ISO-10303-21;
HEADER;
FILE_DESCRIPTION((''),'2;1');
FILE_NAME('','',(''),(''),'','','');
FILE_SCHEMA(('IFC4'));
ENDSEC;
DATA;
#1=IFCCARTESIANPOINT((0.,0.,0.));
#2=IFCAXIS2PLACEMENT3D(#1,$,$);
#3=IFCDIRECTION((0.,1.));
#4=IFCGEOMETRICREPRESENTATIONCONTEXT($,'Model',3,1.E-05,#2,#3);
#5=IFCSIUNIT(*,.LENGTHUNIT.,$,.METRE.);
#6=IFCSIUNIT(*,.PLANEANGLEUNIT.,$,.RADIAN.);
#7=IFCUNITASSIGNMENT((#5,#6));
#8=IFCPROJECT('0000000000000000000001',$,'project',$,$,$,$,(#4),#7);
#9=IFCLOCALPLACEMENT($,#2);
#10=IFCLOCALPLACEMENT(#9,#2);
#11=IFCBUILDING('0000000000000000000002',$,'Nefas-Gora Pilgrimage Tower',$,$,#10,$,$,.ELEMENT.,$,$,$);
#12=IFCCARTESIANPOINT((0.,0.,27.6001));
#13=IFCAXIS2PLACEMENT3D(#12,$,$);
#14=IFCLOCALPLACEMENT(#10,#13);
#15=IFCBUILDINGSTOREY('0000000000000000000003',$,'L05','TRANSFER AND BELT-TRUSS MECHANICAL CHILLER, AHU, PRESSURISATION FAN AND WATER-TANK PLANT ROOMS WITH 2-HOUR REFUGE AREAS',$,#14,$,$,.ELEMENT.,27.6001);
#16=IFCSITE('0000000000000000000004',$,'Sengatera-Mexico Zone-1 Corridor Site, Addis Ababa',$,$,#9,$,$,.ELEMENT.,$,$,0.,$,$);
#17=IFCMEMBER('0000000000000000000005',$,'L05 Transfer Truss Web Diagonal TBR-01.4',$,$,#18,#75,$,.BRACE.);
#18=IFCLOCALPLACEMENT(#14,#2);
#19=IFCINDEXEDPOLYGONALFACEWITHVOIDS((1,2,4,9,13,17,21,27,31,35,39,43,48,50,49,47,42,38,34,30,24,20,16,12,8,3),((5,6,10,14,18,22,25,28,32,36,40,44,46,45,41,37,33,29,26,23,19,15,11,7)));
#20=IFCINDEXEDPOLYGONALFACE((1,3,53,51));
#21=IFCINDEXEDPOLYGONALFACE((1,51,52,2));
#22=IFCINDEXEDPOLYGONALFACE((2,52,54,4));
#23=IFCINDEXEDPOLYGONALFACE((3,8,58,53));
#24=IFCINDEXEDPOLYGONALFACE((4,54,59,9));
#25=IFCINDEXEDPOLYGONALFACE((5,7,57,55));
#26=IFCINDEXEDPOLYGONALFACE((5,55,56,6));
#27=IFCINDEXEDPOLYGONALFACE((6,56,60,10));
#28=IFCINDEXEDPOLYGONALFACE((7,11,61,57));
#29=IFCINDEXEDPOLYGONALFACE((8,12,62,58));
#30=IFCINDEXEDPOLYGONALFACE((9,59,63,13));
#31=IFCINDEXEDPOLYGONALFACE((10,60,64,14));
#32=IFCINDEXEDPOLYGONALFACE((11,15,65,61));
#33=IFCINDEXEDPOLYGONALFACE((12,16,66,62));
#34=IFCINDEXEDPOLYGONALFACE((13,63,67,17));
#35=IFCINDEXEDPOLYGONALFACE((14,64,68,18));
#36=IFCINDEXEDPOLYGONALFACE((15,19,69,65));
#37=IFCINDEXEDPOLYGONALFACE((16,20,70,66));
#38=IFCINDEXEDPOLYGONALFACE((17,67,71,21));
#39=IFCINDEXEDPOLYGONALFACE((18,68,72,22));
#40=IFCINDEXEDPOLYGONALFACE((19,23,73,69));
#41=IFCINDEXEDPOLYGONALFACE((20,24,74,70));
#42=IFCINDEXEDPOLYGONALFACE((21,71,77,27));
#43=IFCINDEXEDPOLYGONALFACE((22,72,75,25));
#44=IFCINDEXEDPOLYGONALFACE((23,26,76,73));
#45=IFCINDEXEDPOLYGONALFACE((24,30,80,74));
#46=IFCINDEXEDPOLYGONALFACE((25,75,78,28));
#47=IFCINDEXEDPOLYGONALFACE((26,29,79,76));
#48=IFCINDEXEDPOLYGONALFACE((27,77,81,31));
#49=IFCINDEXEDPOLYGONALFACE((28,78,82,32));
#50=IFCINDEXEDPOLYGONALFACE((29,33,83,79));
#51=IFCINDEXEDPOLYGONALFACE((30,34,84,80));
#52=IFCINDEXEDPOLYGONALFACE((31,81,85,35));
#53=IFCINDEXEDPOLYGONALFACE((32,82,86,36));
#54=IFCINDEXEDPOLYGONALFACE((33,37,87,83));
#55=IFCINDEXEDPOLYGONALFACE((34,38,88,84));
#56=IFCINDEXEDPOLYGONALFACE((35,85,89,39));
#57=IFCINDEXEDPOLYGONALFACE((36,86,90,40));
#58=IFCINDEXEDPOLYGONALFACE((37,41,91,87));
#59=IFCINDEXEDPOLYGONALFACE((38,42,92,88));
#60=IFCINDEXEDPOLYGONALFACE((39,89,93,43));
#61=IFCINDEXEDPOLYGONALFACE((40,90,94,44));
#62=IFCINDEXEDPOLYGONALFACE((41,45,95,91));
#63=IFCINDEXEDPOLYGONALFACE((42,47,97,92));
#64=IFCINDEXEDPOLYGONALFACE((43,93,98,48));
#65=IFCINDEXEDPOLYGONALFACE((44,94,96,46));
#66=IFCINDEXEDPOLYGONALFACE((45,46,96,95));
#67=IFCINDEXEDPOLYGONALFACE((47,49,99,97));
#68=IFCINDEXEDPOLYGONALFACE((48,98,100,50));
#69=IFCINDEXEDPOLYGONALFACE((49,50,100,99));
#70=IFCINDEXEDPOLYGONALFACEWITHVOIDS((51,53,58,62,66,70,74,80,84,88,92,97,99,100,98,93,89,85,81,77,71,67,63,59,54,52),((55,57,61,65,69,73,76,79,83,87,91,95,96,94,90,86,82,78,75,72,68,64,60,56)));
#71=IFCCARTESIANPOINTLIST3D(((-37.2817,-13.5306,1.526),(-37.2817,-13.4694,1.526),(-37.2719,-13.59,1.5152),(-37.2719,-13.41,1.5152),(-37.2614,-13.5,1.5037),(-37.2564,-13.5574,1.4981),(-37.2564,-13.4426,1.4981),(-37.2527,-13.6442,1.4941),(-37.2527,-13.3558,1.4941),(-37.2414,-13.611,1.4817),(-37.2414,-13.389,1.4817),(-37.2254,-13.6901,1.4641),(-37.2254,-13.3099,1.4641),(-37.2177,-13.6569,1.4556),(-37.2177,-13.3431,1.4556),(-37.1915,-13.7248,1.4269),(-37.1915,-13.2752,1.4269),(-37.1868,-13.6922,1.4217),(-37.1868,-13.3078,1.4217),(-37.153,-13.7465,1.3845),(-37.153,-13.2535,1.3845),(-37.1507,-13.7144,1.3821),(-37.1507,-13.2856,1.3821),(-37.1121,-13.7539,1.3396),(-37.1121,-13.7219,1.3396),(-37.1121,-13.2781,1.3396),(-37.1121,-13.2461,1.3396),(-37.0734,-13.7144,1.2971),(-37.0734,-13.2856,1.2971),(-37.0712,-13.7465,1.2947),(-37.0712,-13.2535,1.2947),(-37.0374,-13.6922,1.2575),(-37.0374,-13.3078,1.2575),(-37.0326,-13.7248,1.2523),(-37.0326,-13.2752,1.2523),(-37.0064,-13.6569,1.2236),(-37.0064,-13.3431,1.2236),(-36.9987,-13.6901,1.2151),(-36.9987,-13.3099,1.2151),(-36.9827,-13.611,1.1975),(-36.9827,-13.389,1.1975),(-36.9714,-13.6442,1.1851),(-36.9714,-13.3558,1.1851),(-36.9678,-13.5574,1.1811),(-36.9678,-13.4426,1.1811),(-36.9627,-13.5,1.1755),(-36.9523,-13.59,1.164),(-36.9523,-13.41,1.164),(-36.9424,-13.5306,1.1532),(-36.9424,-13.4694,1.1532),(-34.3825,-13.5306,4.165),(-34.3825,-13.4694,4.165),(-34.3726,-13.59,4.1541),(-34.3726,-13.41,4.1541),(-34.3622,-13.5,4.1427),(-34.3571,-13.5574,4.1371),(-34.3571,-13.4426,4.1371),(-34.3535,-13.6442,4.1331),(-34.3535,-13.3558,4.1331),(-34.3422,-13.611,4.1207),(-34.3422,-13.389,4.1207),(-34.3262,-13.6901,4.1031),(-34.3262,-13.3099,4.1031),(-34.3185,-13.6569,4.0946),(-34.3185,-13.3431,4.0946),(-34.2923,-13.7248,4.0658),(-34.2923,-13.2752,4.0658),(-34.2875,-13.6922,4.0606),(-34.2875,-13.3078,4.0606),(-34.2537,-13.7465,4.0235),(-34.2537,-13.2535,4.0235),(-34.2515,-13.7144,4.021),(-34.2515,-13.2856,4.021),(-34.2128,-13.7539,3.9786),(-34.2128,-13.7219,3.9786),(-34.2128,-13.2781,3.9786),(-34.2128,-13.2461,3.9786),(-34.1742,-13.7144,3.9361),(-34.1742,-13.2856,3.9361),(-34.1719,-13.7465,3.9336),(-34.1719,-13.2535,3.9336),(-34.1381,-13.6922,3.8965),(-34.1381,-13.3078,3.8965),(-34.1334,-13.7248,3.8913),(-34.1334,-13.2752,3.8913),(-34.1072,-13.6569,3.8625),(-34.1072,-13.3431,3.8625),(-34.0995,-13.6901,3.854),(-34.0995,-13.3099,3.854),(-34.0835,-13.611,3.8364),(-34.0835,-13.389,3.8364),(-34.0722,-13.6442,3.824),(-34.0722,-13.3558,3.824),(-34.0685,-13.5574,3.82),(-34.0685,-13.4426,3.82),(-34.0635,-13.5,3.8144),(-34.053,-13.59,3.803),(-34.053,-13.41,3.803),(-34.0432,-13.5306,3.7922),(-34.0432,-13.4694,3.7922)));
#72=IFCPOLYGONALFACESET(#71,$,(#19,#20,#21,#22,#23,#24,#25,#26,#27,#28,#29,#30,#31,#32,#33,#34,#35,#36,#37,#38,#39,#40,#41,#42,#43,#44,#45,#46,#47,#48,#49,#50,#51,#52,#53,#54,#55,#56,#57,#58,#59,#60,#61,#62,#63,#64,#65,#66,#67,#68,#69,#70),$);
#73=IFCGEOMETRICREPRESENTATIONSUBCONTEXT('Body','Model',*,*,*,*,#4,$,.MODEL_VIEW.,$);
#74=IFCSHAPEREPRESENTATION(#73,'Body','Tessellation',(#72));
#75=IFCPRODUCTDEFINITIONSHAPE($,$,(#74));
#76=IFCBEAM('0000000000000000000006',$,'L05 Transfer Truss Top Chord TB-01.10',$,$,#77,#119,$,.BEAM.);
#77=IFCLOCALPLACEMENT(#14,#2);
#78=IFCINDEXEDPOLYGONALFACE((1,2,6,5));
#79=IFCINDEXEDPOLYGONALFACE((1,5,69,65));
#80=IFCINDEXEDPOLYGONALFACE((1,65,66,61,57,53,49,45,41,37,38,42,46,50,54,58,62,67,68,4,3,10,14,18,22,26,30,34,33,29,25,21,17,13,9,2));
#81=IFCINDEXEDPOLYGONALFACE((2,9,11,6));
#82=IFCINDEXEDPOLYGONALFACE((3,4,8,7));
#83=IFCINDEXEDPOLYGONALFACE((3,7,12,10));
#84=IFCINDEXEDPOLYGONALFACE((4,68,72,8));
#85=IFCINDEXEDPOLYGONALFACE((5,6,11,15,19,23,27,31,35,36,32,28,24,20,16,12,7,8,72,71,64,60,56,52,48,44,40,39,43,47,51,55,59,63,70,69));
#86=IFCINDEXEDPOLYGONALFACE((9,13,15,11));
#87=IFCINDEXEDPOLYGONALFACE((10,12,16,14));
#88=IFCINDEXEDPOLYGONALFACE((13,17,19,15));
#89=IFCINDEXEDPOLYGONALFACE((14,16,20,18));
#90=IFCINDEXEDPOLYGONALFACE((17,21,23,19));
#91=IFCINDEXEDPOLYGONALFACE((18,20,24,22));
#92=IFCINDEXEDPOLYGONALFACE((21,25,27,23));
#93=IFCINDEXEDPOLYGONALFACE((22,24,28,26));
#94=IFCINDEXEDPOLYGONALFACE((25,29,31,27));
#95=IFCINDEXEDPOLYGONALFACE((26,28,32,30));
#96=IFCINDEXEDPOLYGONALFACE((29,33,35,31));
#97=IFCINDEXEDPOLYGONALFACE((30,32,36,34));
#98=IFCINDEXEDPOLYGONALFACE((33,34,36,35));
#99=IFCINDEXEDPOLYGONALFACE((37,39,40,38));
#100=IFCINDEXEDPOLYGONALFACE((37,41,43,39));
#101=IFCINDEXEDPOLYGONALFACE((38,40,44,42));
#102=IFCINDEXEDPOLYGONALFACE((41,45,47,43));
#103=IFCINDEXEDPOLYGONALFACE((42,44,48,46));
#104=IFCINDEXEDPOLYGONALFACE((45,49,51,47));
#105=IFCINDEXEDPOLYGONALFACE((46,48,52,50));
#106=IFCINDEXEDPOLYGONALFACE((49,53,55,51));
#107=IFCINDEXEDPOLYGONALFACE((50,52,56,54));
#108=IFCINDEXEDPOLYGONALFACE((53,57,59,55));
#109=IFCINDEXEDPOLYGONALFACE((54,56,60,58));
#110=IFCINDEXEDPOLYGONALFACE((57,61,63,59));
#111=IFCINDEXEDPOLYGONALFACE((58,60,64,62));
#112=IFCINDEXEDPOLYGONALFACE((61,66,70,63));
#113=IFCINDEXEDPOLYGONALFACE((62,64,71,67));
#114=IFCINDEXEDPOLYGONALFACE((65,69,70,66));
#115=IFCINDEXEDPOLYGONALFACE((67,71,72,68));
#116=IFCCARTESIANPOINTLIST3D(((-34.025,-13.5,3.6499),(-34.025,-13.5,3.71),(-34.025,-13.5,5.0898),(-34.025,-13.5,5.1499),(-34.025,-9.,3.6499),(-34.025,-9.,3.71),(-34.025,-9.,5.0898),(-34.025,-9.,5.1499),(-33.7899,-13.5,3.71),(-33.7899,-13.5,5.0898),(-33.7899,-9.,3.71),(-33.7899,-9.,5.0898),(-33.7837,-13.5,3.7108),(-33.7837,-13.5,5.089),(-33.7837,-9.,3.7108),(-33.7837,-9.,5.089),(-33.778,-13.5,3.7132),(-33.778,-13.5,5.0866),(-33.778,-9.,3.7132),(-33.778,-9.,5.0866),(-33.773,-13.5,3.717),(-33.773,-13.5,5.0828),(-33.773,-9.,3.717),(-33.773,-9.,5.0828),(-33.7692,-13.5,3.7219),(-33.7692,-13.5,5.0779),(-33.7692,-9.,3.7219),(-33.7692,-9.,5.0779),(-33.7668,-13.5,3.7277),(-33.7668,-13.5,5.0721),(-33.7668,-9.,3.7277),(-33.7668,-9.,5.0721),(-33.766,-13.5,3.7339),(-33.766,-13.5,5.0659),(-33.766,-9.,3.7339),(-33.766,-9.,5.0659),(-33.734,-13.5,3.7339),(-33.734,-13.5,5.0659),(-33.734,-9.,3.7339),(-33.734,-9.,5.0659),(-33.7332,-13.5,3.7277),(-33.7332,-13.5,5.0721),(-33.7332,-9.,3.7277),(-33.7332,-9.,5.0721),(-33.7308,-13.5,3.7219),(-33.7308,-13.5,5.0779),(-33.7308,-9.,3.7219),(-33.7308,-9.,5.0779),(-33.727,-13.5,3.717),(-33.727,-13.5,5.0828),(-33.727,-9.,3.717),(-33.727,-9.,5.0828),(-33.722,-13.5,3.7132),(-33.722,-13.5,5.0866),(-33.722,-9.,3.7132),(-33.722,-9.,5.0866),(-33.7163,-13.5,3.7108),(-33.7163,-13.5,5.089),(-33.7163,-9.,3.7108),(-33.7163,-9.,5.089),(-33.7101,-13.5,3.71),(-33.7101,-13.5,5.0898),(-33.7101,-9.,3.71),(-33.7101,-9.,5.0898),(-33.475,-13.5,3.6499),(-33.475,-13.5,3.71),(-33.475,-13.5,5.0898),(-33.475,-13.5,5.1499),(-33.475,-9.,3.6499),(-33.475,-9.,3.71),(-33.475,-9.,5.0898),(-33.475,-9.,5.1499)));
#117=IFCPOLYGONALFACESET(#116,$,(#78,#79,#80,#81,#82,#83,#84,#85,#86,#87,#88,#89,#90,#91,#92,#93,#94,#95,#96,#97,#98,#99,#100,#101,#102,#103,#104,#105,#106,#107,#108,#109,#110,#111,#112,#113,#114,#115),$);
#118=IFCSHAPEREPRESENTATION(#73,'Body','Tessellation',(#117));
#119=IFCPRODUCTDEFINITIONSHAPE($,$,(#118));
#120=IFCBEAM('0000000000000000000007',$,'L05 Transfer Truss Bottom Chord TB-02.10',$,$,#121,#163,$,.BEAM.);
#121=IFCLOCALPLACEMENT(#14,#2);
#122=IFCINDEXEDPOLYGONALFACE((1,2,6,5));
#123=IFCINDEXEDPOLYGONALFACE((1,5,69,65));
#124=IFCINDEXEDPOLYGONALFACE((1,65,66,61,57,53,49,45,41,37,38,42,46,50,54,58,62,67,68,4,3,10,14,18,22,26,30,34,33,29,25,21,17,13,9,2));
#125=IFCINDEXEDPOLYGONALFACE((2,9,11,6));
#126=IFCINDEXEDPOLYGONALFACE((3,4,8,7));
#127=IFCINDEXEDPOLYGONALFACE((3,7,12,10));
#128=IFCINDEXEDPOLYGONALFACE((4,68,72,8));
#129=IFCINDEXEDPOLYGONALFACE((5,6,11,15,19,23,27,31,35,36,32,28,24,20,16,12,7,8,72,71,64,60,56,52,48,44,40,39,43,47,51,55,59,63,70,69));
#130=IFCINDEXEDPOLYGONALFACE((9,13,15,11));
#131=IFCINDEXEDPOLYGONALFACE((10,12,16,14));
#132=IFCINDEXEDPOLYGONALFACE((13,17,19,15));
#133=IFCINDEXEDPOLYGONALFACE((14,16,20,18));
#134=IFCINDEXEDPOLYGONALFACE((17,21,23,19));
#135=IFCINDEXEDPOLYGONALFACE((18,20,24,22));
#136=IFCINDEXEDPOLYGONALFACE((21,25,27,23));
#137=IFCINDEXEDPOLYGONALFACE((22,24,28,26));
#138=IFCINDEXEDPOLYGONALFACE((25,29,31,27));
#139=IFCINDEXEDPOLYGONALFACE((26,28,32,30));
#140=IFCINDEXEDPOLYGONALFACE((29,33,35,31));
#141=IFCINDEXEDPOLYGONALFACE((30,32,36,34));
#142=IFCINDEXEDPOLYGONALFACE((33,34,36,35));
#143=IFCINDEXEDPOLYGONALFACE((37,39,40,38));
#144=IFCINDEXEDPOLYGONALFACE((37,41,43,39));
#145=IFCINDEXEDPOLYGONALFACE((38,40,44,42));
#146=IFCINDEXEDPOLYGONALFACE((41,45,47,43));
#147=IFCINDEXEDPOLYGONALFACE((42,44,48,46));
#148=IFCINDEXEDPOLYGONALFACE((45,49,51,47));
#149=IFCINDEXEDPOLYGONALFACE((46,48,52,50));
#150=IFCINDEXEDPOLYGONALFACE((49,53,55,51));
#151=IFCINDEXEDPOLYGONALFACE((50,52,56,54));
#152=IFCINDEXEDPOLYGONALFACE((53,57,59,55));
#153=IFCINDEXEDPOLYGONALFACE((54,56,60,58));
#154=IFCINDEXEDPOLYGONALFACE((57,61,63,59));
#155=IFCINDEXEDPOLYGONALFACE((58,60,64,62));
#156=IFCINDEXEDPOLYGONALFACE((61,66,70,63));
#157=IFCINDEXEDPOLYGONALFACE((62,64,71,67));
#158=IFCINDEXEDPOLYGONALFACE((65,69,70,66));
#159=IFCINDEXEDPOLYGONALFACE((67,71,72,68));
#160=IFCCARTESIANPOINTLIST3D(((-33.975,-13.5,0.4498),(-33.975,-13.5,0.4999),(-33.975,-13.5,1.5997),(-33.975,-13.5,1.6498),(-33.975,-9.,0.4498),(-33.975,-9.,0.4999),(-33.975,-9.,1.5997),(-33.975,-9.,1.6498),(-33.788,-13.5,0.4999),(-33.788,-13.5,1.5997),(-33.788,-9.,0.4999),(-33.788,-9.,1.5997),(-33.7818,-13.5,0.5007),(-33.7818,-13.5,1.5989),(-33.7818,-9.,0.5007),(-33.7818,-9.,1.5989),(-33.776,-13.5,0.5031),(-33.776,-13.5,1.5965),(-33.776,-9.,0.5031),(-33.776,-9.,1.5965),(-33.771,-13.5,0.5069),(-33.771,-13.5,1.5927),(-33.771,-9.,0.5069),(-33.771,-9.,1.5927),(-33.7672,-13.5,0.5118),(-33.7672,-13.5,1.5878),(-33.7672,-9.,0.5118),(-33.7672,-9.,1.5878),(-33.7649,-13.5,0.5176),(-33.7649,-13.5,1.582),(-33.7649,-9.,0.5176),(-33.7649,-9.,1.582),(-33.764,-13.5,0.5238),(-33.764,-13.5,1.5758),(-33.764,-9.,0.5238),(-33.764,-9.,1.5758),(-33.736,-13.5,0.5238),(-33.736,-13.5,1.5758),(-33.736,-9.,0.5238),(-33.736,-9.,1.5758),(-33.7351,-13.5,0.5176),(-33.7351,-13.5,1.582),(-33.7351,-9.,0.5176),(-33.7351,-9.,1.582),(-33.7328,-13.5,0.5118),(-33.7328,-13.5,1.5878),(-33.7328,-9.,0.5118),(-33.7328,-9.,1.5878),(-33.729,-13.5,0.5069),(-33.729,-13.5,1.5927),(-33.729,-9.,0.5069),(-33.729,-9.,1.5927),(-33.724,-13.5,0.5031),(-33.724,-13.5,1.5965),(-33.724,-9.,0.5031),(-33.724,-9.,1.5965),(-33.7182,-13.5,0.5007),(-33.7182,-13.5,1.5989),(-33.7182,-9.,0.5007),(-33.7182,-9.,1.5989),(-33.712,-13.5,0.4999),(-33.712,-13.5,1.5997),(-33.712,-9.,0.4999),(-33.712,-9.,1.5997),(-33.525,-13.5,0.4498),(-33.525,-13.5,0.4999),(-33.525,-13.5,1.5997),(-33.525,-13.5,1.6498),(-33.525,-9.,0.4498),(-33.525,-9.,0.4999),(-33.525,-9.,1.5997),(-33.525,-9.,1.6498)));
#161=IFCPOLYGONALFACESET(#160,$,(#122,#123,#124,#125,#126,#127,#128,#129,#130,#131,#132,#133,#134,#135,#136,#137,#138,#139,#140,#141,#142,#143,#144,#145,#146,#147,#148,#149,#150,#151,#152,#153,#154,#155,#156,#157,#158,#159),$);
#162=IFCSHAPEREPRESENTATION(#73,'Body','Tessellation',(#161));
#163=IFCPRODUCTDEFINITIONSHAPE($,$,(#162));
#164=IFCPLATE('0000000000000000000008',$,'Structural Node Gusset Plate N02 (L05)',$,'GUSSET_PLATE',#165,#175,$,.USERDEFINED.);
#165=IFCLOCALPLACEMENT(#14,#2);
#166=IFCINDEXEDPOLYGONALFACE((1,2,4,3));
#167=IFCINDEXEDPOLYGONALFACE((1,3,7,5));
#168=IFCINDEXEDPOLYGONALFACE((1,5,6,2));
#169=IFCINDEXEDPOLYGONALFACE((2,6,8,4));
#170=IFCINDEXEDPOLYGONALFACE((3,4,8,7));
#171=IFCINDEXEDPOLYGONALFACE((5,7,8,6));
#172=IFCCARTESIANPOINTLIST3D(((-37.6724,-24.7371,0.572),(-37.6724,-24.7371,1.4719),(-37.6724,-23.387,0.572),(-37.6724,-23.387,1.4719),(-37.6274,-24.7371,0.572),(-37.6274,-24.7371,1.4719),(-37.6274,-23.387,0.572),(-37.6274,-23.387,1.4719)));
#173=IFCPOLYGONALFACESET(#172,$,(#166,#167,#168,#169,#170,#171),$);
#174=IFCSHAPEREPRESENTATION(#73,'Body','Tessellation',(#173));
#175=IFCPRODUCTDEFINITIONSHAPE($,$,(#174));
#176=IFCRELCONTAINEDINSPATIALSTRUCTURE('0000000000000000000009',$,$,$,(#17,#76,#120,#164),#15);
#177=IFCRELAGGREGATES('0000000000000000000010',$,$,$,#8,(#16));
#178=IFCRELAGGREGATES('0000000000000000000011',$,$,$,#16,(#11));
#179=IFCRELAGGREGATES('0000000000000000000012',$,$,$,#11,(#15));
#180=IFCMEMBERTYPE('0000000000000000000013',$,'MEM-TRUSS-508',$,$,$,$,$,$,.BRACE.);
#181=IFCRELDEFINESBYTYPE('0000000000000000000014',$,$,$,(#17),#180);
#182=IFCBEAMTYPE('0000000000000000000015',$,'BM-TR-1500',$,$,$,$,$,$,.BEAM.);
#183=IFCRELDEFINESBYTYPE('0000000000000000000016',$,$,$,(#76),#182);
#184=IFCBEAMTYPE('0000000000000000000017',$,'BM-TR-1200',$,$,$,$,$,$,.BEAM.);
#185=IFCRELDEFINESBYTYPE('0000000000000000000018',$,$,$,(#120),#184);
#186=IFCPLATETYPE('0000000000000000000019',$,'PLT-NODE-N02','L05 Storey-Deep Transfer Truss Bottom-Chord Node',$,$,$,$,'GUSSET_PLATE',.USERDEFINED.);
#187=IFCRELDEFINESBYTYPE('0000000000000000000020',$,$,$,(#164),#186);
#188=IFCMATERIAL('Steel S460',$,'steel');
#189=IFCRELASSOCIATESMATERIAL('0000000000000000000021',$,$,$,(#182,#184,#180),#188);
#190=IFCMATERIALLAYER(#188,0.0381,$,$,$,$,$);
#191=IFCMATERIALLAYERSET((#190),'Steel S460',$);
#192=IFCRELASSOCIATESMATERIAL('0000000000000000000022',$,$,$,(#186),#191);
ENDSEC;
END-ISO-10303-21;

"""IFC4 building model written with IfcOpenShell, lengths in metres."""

from ifc_helpers import new_model, si_unit, direction, frame, origin, origin_2d, place, context, subcontext, project, spatial, rectangle, hollow_circle, i_section, extrude, source, transform, mapped, material, layer, layer_set, material_profile, profile_set, type_object, element, save


model = new_model("IFC4")

# Units and contexts
model_context = context("Model", 3, precision=1e-05, world=origin(), true_north=direction((0.0, 1.0)))
body_context = subcontext(model_context, "Body", "Model", "MODEL_VIEW")
ifc_project = project(units=[si_unit("LENGTHUNIT", "METRE"), si_unit("PLANEANGLEUNIT", "RADIAN")], contexts=[model_context])

# Site, building, storey
site_placement = place(None, origin())
site = spatial("IfcSite", under=ifc_project, at=site_placement, Name="Sengatera-Mexico Zone-1 Corridor Site, Addis Ababa", CompositionType="ELEMENT", RefElevation=0.0)
building_placement = place(site_placement, origin())
building = spatial("IfcBuilding", under=site, at=building_placement, Name="Nefas-Gora Pilgrimage Tower", CompositionType="ELEMENT")
storey_placement = place(building_placement, frame((0.0, 0.0, 27.6001)))
storey = spatial("IfcBuildingStorey", under=building, at=storey_placement, Name="L05", Description="TRANSFER AND BELT-TRUSS MECHANICAL CHILLER, AHU, PRESSURISATION FAN AND WATER-TANK PLANT ROOMS WITH 2-HOUR REFUGE AREAS", CompositionType="ELEMENT", Elevation=27.6001)

# Shared definitions
ifc_material_1 = material(Name="Steel S460", Category="steel")

# Shared definitions
ifc_material_profile_1 = material_profile(ifc_material_1, i_section(OverallWidth=0.55, OverallDepth=1.5, WebThickness=0.032, FlangeThickness=0.0601, FilletRadius=0.0239, at=origin_2d()), Name="WPG 1500x550x32x60")
ifc_profile_set_1 = profile_set([ifc_material_profile_1], Name="Steel S460")
beam_type_1 = type_object("IfcBeamType", Name="BM-TR-1500", PredefinedType="BEAM", material=ifc_profile_set_1)
ifc_material_profile_2 = material_profile(ifc_material_1, i_section(OverallWidth=0.45, OverallDepth=1.2, WebThickness=0.0281, FlangeThickness=0.05, FilletRadius=0.0239, at=origin_2d()), Name="WPG 1200x450x28x50")
ifc_profile_set_2 = profile_set([ifc_material_profile_2], Name="Steel S460")
beam_type_2 = type_object("IfcBeamType", Name="BM-TR-1200", PredefinedType="BEAM", material=ifc_profile_set_2)

# Shared definitions
ifc_material_profile_3 = material_profile(ifc_material_1, hollow_circle(Radius=0.2539, WallThickness=0.032, at=origin_2d()), Name="CHS 508x32")
ifc_profile_set_3 = profile_set([ifc_material_profile_3], Name="Steel S460")
member_type = type_object("IfcMemberType", Name="MEM-TRUSS-508", PredefinedType="BRACE", material=ifc_profile_set_3)

# Member
shared_shape_1 = source(origin(), body_context, "Body", "SweptSolid", [
    extrude(hollow_circle(Radius=0.2539, WallThickness=0.032, at=origin_2d()), origin(), (0.0, 0.0, 1.0), 3.9204),
])
member_1_placement = place(storey_placement, frame((-37.1121, -13.5, 1.3396), z_axis=(0.73952, 0.0, 0.673135), x_axis=(0.0, 1.0, 0.0)))
element("IfcMember", 1, at=member_1_placement, inside=storey, type_object=member_type, Name="L05 Transfer Truss Web Diagonal TBR-01.4", PredefinedType="BRACE", context=body_context, shape_type="MappedRepresentation", body=[
    mapped(shared_shape_1, transform((0.0, 0.0, 0.0), x_axis=(1.0, 0.0, 0.0), y_axis=(0.0, 1.0, 0.0), z_axis=(0.0, 0.0, 1.0), scale=1.0)),
])

# Beams
shared_shape_2 = source(origin(), body_context, "Body", "SweptSolid", [
    extrude(i_section(OverallWidth=0.55, OverallDepth=1.5, WebThickness=0.032, FlangeThickness=0.0601, FilletRadius=0.0239, at=origin_2d()), origin(), (0.0, 0.0, 1.0), 4.5),
])
beam_1_placement = place(storey_placement, frame((-33.75, -13.5, 4.3999), z_axis=(0.0, 1.0, 0.0), x_axis=(-1.0, 0.0, 0.0)))
element("IfcBeam", 2, at=beam_1_placement, inside=storey, type_object=beam_type_1, Name="L05 Transfer Truss Top Chord TB-01.10", PredefinedType="BEAM", context=body_context, shape_type="MappedRepresentation", body=[
    mapped(shared_shape_2, transform((0.0, 0.0, 0.0), x_axis=(1.0, 0.0, 0.0), y_axis=(0.0, 1.0, 0.0), z_axis=(0.0, 0.0, 1.0), scale=1.0)),
])
shared_shape_3 = source(origin(), body_context, "Body", "SweptSolid", [
    extrude(i_section(OverallWidth=0.45, OverallDepth=1.2, WebThickness=0.0281, FlangeThickness=0.05, FilletRadius=0.0239, at=origin_2d()), origin(), (0.0, 0.0, 1.0), 4.5),
])
beam_2_placement = place(storey_placement, frame((-33.75, -13.5, 1.0498), z_axis=(0.0, 1.0, 0.0), x_axis=(-1.0, 0.0, 0.0)))
element("IfcBeam", 3, at=beam_2_placement, inside=storey, type_object=beam_type_2, Name="L05 Transfer Truss Bottom Chord TB-02.10", PredefinedType="BEAM", context=body_context, shape_type="MappedRepresentation", body=[
    mapped(shared_shape_3, transform((0.0, 0.0, 0.0), x_axis=(1.0, 0.0, 0.0), y_axis=(0.0, 1.0, 0.0), z_axis=(0.0, 0.0, 1.0), scale=1.0)),
])

# Plate
ifc_layer_1 = layer(ifc_material_1, 0.0381)
ifc_layer_set_1 = layer_set([ifc_layer_1], Name="Steel S460")
plate_type_1 = type_object("IfcPlateType", Name="PLT-NODE-N02", Description="L05 Storey-Deep Transfer Truss Bottom-Chord Node", ElementType="GUSSET_PLATE", PredefinedType="USERDEFINED", material=ifc_layer_set_1)
shared_shape_4 = source(origin(), body_context, "Body", "SweptSolid", [
    extrude(rectangle(XDim=1.3501, YDim=0.0449, at=origin_2d()), origin(), (0.0, 0.0, 1.0), 0.8999),
])
plate_1_placement = place(storey_placement, frame((-37.6499, -24.062, 0.572), z_axis=(0.0, 0.0, 1.0), x_axis=(0.0, 1.0, 0.0)))
element("IfcPlate", 4, at=plate_1_placement, inside=storey, type_object=plate_type_1, Name="Structural Node Gusset Plate N02 (L05)", ObjectType="GUSSET_PLATE", PredefinedType="USERDEFINED", context=body_context, shape_type="MappedRepresentation", body=[
    mapped(shared_shape_4, transform((0.0, 0.0, 0.0), x_axis=(1.0, 0.0, 0.0), y_axis=(0.0, 1.0, 0.0), z_axis=(0.0, 0.0, 1.0), scale=1.0)),
])

save(model, "model.ifc")
